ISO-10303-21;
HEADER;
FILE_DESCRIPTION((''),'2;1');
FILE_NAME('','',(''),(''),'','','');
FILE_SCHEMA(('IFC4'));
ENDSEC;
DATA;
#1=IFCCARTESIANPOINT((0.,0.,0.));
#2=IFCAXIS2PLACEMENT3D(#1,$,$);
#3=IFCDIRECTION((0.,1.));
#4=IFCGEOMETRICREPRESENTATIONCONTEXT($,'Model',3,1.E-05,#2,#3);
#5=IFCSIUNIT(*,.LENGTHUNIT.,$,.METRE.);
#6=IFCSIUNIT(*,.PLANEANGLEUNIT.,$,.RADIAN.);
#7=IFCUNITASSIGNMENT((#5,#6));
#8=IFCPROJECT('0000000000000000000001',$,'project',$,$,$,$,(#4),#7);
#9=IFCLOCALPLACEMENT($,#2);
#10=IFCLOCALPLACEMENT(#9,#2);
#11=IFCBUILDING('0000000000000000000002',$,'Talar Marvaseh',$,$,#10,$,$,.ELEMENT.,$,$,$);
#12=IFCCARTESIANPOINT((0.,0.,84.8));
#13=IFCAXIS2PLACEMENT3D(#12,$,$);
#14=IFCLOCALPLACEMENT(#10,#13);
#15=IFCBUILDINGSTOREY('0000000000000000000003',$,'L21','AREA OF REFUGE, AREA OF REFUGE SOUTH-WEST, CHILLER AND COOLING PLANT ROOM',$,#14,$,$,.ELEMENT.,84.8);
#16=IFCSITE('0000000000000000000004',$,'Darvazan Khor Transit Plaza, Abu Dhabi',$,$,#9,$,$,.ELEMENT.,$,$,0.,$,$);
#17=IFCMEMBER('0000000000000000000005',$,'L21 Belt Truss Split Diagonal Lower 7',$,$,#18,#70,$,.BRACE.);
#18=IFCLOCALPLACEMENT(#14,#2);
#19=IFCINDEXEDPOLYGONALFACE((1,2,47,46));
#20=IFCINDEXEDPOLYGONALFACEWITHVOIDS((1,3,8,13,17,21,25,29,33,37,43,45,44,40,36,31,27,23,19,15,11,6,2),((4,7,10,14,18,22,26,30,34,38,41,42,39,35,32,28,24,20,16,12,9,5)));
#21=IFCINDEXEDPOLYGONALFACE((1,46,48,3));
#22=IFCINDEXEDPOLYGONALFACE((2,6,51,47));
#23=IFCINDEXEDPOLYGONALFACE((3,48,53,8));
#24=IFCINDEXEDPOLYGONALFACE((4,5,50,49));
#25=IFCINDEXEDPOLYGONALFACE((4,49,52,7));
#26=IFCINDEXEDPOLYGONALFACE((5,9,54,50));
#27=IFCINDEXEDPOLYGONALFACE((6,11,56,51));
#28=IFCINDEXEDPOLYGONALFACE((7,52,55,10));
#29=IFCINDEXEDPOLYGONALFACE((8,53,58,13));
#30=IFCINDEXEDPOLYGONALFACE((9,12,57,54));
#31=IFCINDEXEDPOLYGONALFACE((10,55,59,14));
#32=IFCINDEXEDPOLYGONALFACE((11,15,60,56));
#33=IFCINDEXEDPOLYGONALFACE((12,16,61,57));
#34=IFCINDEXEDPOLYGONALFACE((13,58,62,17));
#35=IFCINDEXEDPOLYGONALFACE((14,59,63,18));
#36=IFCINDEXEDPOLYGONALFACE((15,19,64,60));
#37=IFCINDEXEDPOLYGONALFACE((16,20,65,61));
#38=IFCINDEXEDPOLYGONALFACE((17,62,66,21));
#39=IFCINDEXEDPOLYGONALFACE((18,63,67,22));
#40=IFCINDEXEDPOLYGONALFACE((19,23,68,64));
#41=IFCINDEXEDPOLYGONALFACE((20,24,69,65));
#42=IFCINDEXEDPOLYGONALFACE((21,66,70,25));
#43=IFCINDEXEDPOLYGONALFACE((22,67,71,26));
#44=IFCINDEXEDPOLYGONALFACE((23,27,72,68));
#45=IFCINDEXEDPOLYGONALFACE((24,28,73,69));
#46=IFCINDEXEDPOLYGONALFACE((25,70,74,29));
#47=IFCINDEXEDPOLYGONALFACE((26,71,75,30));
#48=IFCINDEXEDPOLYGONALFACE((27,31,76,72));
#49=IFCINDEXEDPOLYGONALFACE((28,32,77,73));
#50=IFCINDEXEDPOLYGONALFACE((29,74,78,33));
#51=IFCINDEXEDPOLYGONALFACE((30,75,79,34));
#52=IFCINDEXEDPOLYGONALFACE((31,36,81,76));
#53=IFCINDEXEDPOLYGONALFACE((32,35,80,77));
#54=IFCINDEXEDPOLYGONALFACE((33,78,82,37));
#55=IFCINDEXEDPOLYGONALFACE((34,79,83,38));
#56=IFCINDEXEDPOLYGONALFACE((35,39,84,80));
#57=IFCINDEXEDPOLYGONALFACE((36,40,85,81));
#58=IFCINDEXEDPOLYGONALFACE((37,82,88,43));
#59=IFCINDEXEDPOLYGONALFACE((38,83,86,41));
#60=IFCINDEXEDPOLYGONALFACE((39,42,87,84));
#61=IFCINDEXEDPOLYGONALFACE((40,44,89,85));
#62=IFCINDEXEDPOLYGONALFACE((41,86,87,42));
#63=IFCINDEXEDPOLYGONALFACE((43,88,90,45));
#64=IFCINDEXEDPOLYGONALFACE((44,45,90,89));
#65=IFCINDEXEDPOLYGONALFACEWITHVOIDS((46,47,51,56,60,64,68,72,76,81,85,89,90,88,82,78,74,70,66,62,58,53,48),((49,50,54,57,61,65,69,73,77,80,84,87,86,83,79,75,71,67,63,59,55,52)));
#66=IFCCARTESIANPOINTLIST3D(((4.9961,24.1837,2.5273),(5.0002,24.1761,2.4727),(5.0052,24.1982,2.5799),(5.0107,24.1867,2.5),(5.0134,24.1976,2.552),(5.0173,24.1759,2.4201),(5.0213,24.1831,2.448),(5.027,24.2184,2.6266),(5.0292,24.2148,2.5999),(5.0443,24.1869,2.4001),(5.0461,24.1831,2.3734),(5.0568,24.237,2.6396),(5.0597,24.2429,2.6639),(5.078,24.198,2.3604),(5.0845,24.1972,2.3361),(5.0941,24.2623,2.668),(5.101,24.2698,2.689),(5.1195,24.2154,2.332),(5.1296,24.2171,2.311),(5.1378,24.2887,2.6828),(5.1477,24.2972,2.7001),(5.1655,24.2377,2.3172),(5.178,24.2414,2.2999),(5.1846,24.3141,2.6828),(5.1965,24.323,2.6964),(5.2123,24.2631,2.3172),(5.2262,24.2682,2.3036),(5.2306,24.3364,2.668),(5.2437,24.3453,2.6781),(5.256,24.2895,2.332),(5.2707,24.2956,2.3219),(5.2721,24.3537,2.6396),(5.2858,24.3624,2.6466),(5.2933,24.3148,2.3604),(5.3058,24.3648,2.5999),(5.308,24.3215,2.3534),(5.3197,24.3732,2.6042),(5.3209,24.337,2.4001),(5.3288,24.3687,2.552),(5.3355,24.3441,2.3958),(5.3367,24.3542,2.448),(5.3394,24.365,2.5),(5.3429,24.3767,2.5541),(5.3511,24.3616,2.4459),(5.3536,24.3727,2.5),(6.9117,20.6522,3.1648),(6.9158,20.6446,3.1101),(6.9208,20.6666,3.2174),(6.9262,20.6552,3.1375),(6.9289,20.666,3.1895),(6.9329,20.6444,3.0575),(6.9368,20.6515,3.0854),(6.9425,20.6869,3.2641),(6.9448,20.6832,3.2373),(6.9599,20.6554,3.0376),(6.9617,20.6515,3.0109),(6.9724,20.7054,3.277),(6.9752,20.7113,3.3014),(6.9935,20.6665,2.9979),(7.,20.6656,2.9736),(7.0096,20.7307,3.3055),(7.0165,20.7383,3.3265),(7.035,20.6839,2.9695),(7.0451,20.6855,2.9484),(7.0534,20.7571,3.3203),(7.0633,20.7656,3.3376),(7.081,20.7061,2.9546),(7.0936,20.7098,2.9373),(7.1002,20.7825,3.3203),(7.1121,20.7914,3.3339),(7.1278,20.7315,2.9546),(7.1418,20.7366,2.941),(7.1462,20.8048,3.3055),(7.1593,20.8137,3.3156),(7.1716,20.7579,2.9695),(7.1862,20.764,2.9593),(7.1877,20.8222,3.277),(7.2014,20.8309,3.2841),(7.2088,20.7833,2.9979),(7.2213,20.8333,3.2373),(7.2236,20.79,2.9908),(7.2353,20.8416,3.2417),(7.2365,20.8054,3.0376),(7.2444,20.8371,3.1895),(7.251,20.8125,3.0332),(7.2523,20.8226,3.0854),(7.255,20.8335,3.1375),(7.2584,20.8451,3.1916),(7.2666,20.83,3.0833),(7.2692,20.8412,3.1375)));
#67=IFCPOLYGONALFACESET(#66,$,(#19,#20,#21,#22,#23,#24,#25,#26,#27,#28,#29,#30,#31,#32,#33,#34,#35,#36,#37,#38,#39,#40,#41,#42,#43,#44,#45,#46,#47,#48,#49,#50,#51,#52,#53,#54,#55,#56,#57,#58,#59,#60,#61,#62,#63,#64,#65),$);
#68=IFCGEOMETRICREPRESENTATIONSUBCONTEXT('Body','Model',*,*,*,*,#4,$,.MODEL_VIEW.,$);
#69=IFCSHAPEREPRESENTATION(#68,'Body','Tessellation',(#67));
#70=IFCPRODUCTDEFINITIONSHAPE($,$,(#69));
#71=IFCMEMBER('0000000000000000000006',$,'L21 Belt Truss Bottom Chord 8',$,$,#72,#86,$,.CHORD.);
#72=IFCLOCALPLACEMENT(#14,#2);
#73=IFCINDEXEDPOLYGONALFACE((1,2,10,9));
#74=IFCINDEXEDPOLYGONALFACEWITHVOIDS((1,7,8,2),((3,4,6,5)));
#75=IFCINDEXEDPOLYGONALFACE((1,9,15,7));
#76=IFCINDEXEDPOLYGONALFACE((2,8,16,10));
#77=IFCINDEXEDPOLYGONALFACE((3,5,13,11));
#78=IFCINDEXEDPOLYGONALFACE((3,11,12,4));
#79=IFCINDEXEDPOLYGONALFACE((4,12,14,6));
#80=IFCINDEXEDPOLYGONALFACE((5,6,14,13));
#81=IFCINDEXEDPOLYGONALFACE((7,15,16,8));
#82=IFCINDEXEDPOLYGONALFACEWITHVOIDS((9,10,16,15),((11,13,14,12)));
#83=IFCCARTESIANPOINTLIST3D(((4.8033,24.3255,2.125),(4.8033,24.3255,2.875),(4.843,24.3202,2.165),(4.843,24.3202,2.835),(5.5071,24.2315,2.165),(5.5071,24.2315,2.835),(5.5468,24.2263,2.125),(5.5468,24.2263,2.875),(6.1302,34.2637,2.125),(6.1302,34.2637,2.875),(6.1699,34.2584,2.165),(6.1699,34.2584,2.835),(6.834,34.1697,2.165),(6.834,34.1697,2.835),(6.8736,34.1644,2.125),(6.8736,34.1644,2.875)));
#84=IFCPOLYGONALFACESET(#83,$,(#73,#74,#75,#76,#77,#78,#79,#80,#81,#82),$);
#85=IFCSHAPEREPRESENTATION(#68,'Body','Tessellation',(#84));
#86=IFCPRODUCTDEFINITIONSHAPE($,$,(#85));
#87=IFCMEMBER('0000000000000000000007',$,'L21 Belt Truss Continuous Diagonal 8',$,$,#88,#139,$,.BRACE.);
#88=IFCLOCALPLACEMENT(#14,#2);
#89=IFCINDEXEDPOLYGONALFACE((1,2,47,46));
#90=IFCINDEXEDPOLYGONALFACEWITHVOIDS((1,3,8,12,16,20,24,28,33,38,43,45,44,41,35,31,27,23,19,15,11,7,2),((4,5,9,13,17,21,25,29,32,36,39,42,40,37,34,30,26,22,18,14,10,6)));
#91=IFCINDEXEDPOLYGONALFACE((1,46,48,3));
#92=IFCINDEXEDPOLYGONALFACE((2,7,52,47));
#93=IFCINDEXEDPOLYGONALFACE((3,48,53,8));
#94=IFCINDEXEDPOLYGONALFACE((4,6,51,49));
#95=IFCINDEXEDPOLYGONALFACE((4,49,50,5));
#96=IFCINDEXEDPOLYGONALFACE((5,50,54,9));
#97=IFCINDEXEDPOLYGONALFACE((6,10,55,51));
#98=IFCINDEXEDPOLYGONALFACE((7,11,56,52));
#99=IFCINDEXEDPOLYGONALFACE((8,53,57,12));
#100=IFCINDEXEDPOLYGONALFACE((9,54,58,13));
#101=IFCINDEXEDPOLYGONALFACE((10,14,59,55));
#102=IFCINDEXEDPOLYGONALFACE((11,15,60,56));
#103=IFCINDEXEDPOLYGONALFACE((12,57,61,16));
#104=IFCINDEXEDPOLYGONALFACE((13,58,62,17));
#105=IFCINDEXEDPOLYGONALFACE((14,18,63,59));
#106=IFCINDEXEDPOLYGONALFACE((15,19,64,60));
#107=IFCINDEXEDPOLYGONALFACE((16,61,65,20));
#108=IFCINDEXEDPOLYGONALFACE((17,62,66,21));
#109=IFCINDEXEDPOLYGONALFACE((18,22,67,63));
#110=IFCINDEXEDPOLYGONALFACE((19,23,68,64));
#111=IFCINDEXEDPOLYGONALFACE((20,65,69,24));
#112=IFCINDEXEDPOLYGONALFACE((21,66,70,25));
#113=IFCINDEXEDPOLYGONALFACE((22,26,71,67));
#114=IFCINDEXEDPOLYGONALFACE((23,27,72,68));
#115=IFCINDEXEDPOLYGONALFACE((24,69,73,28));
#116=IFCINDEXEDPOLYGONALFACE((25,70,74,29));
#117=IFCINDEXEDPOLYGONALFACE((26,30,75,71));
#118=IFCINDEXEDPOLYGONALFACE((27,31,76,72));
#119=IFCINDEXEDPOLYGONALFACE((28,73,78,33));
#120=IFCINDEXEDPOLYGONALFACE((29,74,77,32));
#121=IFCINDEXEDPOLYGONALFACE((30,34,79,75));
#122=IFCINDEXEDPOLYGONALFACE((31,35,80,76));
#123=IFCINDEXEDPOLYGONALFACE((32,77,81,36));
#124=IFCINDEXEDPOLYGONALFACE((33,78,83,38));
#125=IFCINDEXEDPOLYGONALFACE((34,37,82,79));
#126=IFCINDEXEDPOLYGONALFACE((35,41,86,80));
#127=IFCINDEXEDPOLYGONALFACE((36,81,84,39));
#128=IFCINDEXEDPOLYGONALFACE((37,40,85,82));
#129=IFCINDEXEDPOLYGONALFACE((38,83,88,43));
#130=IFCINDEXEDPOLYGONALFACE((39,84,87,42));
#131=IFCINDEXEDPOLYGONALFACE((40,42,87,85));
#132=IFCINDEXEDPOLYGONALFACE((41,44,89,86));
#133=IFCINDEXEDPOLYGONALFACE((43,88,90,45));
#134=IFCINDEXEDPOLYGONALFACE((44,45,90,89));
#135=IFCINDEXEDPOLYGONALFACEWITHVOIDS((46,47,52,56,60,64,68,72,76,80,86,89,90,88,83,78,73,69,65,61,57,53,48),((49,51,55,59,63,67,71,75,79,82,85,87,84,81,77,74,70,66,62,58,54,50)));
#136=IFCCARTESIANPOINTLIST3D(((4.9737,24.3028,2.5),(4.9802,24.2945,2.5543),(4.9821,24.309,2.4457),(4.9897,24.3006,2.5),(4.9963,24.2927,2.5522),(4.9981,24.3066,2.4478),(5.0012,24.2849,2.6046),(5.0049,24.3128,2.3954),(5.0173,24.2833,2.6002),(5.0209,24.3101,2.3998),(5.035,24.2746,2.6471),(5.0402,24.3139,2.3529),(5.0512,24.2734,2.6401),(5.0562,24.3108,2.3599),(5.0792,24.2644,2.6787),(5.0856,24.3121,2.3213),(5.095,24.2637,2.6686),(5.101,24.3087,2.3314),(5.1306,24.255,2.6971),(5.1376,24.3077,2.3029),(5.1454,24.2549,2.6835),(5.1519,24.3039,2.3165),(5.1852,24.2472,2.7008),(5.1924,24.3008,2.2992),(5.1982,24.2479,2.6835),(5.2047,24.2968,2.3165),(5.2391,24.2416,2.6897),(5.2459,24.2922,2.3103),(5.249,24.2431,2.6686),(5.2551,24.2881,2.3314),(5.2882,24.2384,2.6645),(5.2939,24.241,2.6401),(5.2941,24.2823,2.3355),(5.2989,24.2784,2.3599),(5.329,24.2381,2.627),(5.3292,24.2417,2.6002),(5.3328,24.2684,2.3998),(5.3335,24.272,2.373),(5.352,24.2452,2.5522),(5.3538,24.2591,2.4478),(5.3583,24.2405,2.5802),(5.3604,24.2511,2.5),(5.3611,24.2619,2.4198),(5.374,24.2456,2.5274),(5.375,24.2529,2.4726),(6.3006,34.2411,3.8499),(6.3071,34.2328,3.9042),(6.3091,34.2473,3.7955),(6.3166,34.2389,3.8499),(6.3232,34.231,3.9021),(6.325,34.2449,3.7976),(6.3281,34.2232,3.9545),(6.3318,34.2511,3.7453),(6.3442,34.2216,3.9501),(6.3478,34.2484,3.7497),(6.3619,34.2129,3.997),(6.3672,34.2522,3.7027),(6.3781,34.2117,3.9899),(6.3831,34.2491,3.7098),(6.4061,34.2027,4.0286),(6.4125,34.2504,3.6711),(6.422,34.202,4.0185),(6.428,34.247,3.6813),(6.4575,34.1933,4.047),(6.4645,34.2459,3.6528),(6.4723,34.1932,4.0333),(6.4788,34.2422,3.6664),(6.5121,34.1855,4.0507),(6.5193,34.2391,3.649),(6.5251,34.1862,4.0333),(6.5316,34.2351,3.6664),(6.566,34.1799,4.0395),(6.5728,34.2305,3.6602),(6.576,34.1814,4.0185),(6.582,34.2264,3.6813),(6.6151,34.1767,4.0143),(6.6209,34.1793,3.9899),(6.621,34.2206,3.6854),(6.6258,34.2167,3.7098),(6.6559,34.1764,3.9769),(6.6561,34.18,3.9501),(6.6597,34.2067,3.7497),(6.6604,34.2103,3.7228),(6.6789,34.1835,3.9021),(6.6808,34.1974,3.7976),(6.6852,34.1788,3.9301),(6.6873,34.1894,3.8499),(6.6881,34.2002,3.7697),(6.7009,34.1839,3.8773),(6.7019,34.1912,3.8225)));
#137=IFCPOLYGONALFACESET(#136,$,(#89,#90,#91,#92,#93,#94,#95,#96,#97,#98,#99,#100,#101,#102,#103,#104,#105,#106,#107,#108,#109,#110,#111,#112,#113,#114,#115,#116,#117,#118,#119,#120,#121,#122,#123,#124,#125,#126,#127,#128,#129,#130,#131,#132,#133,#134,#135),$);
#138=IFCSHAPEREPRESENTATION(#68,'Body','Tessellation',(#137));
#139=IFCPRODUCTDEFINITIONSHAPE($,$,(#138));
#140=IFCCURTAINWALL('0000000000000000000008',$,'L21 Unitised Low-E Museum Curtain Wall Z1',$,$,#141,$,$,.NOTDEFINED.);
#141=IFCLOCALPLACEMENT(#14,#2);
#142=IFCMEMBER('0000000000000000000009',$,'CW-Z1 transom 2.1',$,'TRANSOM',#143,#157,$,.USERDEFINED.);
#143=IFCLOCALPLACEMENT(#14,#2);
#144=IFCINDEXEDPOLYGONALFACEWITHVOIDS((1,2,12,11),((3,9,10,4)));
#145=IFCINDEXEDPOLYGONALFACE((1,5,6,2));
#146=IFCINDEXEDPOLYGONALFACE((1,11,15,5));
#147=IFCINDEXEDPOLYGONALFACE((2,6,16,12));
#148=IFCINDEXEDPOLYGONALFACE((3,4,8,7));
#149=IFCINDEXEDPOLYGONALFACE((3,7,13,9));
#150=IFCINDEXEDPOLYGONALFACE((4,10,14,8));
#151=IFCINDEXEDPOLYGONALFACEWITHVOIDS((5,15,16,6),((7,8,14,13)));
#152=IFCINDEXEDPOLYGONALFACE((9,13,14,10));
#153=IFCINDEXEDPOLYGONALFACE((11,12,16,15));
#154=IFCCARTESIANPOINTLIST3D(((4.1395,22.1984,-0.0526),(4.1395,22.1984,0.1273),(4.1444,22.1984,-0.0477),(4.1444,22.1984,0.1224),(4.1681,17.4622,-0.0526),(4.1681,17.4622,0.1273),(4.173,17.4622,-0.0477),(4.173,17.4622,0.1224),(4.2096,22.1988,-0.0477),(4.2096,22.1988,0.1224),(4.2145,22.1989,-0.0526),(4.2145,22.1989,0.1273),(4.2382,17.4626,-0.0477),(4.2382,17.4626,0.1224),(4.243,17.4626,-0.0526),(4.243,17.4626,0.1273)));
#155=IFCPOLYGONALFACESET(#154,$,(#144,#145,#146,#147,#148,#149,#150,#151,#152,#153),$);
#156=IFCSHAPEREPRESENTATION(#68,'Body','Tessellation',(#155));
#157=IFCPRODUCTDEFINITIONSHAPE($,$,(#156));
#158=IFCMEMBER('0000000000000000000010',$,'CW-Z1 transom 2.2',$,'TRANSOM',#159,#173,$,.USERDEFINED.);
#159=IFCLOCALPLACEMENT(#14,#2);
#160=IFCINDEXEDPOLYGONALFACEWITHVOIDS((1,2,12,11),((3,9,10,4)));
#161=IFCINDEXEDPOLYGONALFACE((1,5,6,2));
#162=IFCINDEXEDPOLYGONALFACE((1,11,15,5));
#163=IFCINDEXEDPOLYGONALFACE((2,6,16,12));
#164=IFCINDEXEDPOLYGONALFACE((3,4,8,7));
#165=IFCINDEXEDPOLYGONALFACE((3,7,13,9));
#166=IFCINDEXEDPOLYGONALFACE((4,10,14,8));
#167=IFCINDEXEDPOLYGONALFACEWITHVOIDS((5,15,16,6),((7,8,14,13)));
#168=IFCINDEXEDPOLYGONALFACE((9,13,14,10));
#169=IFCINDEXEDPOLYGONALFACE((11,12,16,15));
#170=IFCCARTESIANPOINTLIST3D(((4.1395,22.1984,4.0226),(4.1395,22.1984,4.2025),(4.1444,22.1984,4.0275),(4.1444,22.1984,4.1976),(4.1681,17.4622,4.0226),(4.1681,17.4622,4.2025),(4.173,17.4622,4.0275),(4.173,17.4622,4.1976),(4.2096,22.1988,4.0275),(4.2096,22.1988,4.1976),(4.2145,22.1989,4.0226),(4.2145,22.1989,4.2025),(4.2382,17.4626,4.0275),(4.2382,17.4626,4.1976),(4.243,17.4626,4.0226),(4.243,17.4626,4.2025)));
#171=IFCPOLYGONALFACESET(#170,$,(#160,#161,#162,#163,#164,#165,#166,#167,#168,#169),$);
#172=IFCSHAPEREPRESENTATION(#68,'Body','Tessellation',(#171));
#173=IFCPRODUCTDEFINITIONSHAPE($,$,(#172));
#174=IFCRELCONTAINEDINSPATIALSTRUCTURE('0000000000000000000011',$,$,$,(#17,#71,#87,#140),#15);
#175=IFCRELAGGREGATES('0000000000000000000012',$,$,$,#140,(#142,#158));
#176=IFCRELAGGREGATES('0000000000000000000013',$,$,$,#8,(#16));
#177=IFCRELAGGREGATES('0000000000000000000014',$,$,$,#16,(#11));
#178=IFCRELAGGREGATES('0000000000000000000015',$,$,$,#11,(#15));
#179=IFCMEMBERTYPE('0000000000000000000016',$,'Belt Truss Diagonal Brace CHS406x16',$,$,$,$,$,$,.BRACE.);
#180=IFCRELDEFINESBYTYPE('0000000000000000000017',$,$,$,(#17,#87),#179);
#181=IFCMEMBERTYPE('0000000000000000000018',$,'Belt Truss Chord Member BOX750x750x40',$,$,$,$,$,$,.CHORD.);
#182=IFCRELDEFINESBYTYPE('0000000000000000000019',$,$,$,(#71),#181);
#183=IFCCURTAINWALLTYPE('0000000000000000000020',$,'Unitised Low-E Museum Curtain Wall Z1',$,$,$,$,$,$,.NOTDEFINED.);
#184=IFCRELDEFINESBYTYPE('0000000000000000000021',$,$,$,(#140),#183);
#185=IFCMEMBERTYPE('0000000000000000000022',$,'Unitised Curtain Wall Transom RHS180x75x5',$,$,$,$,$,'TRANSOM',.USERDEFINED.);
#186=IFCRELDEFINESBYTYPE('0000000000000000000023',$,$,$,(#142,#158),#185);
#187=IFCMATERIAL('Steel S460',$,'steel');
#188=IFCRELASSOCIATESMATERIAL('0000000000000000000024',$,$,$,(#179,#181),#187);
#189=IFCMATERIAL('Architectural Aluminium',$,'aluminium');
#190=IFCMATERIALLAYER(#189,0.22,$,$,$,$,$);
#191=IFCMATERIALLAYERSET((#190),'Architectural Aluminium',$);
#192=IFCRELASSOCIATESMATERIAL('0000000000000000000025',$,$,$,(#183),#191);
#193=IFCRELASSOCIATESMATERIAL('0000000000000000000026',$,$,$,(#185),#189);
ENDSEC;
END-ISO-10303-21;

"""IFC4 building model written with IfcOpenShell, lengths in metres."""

from ifc_helpers import new_model, si_unit, direction, frame, origin, origin_2d, place, context, subcontext, project, spatial, hollow_rectangle, hollow_circle, extrude, source, transform, mapped, material, layer, layer_set, material_profile, profile_set, type_object, type_shapes, element, aggregate, save


model = new_model("IFC4")

# Units and contexts
model_context = context("Model", 3, precision=1e-05, world=origin(), true_north=direction((0.0, 1.0)))
body_context = subcontext(model_context, "Body", "Model", "MODEL_VIEW")
ifc_project = project(units=[si_unit("LENGTHUNIT", "METRE"), si_unit("PLANEANGLEUNIT", "RADIAN")], contexts=[model_context])

# Site, building, storey
site_placement = place(None, origin())
site = spatial("IfcSite", under=ifc_project, at=site_placement, Name="Darvazan Khor Transit Plaza, Abu Dhabi", CompositionType="ELEMENT", RefElevation=0.0)
building_placement = place(site_placement, origin())
building = spatial("IfcBuilding", under=site, at=building_placement, Name="Talar Marvaseh", CompositionType="ELEMENT")
storey_placement = place(building_placement, frame((0.0, 0.0, 84.8)))
storey = spatial("IfcBuildingStorey", under=building, at=storey_placement, Name="L21", Description="AREA OF REFUGE, AREA OF REFUGE SOUTH-WEST, CHILLER AND COOLING PLANT ROOM", CompositionType="ELEMENT", Elevation=84.8)

# Shared definitions
ifc_material_1 = material(Name="Steel S460", Category="steel")

# Members
ifc_material_profile_1 = material_profile(ifc_material_1, hollow_circle(Radius=0.2031, WallThickness=0.0161, at=origin_2d()), Name="CHS406x16")
ifc_profile_set_1 = profile_set([ifc_material_profile_1], Name="Steel S460")
member_type_1 = type_object("IfcMemberType", Name="Belt Truss Diagonal Brace CHS406x16", PredefinedType="BRACE", material=ifc_profile_set_1)
shared_shape_1 = source(origin(), body_context, "Body", "SweptSolid", [
    extrude(hollow_circle(Radius=0.2031, WallThickness=0.0161, at=origin_2d()), origin(), (0.0, 0.0, 1.0), 4.0679),
])
member_1_placement = place(storey_placement, frame((5.175, 24.2759, 2.5), z_axis=(0.470899, -0.868157, 0.156706), x_axis=(0.879017, 0.47679, 0.0)))
element("IfcMember", 1, at=member_1_placement, inside=storey, type_object=member_type_1, Name="L21 Belt Truss Split Diagonal Lower 7", PredefinedType="BRACE", context=body_context, shape_type="MappedRepresentation", body=[
    mapped(shared_shape_1, transform((0.0, 0.0, 0.0), x_axis=(1.0, 0.0, 0.0), y_axis=(0.0, 1.0, 0.0), z_axis=(0.0, 0.0, 1.0), scale=1.0)),
])
ifc_material_profile_2 = material_profile(ifc_material_1, hollow_rectangle(XDim=0.75, YDim=0.75, WallThickness=0.04, at=origin_2d()), Name="BOX750x750x40")
ifc_profile_set_2 = profile_set([ifc_material_profile_2], Name="Steel S460")
member_type_2 = type_object("IfcMemberType", Name="Belt Truss Chord Member BOX750x750x40", PredefinedType="CHORD", material=ifc_profile_set_2)
shared_shape_2 = source(origin(), body_context, "Body", "SweptSolid", [
    extrude(hollow_rectangle(XDim=0.75, YDim=0.75, WallThickness=0.04, at=origin_2d()), origin(), (0.0, 0.0, 1.0), 10.0264),
])
type_shapes(member_type_2, [shared_shape_2])
member_2_placement = place(storey_placement, frame((5.175, 24.2759, 2.5), z_axis=(0.132341, 0.991204, 0.0), x_axis=(-0.991204, 0.132341, 0.0)))
element("IfcMember", 2, at=member_2_placement, inside=storey, type_object=member_type_2, Name="L21 Belt Truss Bottom Chord 8", PredefinedType="CHORD", context=body_context, shape_type="MappedRepresentation", body=[
    mapped(shared_shape_2, transform((0.0, 0.0, 0.0), x_axis=(1.0, 0.0, 0.0), y_axis=(0.0, 1.0, 0.0), z_axis=(0.0, 0.0, 1.0), scale=1.0)),
])
shared_shape_3 = source(origin(), body_context, "Body", "SweptSolid", [
    extrude(hollow_circle(Radius=0.2031, WallThickness=0.0161, at=origin_2d()), origin(), (0.0, 0.0, 1.0), 10.1169),
])
type_shapes(member_type_1, [shared_shape_1, shared_shape_3])
member_3_placement = place(storey_placement, frame((5.175, 24.2759, 2.5), z_axis=(0.131157, 0.982342, 0.133426), x_axis=(-0.991204, 0.132341, 0.0)))
element("IfcMember", 3, at=member_3_placement, inside=storey, type_object=member_type_1, Name="L21 Belt Truss Continuous Diagonal 8", PredefinedType="BRACE", context=body_context, shape_type="MappedRepresentation", body=[
    mapped(shared_shape_3, transform((0.0, 0.0, 0.0), x_axis=(1.0, 0.0, 0.0), y_axis=(0.0, 1.0, 0.0), z_axis=(0.0, 0.0, 1.0), scale=1.0)),
])

# Curtain wall, members
ifc_material_2 = material(Name="Architectural Aluminium", Category="aluminium")
ifc_layer_1 = layer(ifc_material_2, 0.22)
ifc_layer_set_1 = layer_set([ifc_layer_1], Name="Architectural Aluminium")
curtain_wall_type = type_object("IfcCurtainWallType", Name="Unitised Low-E Museum Curtain Wall Z1", PredefinedType="NOTDEFINED", material=ifc_layer_set_1)
curtain_wall_placement = place(storey_placement, origin())
curtain_wall = element("IfcCurtainWall", 4, at=curtain_wall_placement, inside=storey, type_object=curtain_wall_type, Name="L21 Unitised Low-E Museum Curtain Wall Z1", PredefinedType="NOTDEFINED")
ifc_material_profile_3 = material_profile(ifc_material_2, hollow_rectangle(XDim=0.075, YDim=0.1799, WallThickness=0.0049, at=origin_2d()), Name="RHS180x75x5")
ifc_profile_set_3 = profile_set([ifc_material_profile_3], Name="Architectural Aluminium")
member_type_3 = type_object("IfcMemberType", Name="Unitised Curtain Wall Transom RHS180x75x5", ElementType="TRANSOM", PredefinedType="USERDEFINED", material=ifc_profile_set_3)
shared_shape_4 = source(origin(), body_context, "Body", "SweptSolid", [
    extrude(hollow_rectangle(XDim=0.075, YDim=0.1799, WallThickness=0.0049, at=origin_2d()), origin(), (0.0, 0.0, 1.0), 4.7363),
])
member_4_placement = place(storey_placement, frame((4.2056, 17.4624, 0.0374), z_axis=(-0.006031, 0.999982, 0.0), x_axis=(-0.999982, -0.006031, 0.0)))
member_4 = element("IfcMember", 5, at=member_4_placement, type_object=member_type_3, Name="CW-Z1 transom 2.1", ObjectType="TRANSOM", PredefinedType="USERDEFINED", context=body_context, shape_type="MappedRepresentation", body=[
    mapped(shared_shape_4, transform((0.0, 0.0, 0.0), x_axis=(1.0, 0.0, 0.0), y_axis=(0.0, 1.0, 0.0), z_axis=(0.0, 0.0, 1.0), scale=1.0)),
])
member_5_placement = place(storey_placement, frame((4.2056, 17.4624, 4.1125), z_axis=(-0.006031, 0.999982, 0.0), x_axis=(-0.999982, -0.006031, 0.0)))
member_5 = element("IfcMember", 6, at=member_5_placement, type_object=member_type_3, Name="CW-Z1 transom 2.2", ObjectType="TRANSOM", PredefinedType="USERDEFINED", context=body_context, shape_type="MappedRepresentation", body=[
    mapped(shared_shape_4, transform((0.0, 0.0, 0.0), x_axis=(1.0, 0.0, 0.0), y_axis=(0.0, 1.0, 0.0), z_axis=(0.0, 0.0, 1.0), scale=1.0)),
])

aggregate(curtain_wall, [member_4, member_5])

save(model, "model.ifc")
